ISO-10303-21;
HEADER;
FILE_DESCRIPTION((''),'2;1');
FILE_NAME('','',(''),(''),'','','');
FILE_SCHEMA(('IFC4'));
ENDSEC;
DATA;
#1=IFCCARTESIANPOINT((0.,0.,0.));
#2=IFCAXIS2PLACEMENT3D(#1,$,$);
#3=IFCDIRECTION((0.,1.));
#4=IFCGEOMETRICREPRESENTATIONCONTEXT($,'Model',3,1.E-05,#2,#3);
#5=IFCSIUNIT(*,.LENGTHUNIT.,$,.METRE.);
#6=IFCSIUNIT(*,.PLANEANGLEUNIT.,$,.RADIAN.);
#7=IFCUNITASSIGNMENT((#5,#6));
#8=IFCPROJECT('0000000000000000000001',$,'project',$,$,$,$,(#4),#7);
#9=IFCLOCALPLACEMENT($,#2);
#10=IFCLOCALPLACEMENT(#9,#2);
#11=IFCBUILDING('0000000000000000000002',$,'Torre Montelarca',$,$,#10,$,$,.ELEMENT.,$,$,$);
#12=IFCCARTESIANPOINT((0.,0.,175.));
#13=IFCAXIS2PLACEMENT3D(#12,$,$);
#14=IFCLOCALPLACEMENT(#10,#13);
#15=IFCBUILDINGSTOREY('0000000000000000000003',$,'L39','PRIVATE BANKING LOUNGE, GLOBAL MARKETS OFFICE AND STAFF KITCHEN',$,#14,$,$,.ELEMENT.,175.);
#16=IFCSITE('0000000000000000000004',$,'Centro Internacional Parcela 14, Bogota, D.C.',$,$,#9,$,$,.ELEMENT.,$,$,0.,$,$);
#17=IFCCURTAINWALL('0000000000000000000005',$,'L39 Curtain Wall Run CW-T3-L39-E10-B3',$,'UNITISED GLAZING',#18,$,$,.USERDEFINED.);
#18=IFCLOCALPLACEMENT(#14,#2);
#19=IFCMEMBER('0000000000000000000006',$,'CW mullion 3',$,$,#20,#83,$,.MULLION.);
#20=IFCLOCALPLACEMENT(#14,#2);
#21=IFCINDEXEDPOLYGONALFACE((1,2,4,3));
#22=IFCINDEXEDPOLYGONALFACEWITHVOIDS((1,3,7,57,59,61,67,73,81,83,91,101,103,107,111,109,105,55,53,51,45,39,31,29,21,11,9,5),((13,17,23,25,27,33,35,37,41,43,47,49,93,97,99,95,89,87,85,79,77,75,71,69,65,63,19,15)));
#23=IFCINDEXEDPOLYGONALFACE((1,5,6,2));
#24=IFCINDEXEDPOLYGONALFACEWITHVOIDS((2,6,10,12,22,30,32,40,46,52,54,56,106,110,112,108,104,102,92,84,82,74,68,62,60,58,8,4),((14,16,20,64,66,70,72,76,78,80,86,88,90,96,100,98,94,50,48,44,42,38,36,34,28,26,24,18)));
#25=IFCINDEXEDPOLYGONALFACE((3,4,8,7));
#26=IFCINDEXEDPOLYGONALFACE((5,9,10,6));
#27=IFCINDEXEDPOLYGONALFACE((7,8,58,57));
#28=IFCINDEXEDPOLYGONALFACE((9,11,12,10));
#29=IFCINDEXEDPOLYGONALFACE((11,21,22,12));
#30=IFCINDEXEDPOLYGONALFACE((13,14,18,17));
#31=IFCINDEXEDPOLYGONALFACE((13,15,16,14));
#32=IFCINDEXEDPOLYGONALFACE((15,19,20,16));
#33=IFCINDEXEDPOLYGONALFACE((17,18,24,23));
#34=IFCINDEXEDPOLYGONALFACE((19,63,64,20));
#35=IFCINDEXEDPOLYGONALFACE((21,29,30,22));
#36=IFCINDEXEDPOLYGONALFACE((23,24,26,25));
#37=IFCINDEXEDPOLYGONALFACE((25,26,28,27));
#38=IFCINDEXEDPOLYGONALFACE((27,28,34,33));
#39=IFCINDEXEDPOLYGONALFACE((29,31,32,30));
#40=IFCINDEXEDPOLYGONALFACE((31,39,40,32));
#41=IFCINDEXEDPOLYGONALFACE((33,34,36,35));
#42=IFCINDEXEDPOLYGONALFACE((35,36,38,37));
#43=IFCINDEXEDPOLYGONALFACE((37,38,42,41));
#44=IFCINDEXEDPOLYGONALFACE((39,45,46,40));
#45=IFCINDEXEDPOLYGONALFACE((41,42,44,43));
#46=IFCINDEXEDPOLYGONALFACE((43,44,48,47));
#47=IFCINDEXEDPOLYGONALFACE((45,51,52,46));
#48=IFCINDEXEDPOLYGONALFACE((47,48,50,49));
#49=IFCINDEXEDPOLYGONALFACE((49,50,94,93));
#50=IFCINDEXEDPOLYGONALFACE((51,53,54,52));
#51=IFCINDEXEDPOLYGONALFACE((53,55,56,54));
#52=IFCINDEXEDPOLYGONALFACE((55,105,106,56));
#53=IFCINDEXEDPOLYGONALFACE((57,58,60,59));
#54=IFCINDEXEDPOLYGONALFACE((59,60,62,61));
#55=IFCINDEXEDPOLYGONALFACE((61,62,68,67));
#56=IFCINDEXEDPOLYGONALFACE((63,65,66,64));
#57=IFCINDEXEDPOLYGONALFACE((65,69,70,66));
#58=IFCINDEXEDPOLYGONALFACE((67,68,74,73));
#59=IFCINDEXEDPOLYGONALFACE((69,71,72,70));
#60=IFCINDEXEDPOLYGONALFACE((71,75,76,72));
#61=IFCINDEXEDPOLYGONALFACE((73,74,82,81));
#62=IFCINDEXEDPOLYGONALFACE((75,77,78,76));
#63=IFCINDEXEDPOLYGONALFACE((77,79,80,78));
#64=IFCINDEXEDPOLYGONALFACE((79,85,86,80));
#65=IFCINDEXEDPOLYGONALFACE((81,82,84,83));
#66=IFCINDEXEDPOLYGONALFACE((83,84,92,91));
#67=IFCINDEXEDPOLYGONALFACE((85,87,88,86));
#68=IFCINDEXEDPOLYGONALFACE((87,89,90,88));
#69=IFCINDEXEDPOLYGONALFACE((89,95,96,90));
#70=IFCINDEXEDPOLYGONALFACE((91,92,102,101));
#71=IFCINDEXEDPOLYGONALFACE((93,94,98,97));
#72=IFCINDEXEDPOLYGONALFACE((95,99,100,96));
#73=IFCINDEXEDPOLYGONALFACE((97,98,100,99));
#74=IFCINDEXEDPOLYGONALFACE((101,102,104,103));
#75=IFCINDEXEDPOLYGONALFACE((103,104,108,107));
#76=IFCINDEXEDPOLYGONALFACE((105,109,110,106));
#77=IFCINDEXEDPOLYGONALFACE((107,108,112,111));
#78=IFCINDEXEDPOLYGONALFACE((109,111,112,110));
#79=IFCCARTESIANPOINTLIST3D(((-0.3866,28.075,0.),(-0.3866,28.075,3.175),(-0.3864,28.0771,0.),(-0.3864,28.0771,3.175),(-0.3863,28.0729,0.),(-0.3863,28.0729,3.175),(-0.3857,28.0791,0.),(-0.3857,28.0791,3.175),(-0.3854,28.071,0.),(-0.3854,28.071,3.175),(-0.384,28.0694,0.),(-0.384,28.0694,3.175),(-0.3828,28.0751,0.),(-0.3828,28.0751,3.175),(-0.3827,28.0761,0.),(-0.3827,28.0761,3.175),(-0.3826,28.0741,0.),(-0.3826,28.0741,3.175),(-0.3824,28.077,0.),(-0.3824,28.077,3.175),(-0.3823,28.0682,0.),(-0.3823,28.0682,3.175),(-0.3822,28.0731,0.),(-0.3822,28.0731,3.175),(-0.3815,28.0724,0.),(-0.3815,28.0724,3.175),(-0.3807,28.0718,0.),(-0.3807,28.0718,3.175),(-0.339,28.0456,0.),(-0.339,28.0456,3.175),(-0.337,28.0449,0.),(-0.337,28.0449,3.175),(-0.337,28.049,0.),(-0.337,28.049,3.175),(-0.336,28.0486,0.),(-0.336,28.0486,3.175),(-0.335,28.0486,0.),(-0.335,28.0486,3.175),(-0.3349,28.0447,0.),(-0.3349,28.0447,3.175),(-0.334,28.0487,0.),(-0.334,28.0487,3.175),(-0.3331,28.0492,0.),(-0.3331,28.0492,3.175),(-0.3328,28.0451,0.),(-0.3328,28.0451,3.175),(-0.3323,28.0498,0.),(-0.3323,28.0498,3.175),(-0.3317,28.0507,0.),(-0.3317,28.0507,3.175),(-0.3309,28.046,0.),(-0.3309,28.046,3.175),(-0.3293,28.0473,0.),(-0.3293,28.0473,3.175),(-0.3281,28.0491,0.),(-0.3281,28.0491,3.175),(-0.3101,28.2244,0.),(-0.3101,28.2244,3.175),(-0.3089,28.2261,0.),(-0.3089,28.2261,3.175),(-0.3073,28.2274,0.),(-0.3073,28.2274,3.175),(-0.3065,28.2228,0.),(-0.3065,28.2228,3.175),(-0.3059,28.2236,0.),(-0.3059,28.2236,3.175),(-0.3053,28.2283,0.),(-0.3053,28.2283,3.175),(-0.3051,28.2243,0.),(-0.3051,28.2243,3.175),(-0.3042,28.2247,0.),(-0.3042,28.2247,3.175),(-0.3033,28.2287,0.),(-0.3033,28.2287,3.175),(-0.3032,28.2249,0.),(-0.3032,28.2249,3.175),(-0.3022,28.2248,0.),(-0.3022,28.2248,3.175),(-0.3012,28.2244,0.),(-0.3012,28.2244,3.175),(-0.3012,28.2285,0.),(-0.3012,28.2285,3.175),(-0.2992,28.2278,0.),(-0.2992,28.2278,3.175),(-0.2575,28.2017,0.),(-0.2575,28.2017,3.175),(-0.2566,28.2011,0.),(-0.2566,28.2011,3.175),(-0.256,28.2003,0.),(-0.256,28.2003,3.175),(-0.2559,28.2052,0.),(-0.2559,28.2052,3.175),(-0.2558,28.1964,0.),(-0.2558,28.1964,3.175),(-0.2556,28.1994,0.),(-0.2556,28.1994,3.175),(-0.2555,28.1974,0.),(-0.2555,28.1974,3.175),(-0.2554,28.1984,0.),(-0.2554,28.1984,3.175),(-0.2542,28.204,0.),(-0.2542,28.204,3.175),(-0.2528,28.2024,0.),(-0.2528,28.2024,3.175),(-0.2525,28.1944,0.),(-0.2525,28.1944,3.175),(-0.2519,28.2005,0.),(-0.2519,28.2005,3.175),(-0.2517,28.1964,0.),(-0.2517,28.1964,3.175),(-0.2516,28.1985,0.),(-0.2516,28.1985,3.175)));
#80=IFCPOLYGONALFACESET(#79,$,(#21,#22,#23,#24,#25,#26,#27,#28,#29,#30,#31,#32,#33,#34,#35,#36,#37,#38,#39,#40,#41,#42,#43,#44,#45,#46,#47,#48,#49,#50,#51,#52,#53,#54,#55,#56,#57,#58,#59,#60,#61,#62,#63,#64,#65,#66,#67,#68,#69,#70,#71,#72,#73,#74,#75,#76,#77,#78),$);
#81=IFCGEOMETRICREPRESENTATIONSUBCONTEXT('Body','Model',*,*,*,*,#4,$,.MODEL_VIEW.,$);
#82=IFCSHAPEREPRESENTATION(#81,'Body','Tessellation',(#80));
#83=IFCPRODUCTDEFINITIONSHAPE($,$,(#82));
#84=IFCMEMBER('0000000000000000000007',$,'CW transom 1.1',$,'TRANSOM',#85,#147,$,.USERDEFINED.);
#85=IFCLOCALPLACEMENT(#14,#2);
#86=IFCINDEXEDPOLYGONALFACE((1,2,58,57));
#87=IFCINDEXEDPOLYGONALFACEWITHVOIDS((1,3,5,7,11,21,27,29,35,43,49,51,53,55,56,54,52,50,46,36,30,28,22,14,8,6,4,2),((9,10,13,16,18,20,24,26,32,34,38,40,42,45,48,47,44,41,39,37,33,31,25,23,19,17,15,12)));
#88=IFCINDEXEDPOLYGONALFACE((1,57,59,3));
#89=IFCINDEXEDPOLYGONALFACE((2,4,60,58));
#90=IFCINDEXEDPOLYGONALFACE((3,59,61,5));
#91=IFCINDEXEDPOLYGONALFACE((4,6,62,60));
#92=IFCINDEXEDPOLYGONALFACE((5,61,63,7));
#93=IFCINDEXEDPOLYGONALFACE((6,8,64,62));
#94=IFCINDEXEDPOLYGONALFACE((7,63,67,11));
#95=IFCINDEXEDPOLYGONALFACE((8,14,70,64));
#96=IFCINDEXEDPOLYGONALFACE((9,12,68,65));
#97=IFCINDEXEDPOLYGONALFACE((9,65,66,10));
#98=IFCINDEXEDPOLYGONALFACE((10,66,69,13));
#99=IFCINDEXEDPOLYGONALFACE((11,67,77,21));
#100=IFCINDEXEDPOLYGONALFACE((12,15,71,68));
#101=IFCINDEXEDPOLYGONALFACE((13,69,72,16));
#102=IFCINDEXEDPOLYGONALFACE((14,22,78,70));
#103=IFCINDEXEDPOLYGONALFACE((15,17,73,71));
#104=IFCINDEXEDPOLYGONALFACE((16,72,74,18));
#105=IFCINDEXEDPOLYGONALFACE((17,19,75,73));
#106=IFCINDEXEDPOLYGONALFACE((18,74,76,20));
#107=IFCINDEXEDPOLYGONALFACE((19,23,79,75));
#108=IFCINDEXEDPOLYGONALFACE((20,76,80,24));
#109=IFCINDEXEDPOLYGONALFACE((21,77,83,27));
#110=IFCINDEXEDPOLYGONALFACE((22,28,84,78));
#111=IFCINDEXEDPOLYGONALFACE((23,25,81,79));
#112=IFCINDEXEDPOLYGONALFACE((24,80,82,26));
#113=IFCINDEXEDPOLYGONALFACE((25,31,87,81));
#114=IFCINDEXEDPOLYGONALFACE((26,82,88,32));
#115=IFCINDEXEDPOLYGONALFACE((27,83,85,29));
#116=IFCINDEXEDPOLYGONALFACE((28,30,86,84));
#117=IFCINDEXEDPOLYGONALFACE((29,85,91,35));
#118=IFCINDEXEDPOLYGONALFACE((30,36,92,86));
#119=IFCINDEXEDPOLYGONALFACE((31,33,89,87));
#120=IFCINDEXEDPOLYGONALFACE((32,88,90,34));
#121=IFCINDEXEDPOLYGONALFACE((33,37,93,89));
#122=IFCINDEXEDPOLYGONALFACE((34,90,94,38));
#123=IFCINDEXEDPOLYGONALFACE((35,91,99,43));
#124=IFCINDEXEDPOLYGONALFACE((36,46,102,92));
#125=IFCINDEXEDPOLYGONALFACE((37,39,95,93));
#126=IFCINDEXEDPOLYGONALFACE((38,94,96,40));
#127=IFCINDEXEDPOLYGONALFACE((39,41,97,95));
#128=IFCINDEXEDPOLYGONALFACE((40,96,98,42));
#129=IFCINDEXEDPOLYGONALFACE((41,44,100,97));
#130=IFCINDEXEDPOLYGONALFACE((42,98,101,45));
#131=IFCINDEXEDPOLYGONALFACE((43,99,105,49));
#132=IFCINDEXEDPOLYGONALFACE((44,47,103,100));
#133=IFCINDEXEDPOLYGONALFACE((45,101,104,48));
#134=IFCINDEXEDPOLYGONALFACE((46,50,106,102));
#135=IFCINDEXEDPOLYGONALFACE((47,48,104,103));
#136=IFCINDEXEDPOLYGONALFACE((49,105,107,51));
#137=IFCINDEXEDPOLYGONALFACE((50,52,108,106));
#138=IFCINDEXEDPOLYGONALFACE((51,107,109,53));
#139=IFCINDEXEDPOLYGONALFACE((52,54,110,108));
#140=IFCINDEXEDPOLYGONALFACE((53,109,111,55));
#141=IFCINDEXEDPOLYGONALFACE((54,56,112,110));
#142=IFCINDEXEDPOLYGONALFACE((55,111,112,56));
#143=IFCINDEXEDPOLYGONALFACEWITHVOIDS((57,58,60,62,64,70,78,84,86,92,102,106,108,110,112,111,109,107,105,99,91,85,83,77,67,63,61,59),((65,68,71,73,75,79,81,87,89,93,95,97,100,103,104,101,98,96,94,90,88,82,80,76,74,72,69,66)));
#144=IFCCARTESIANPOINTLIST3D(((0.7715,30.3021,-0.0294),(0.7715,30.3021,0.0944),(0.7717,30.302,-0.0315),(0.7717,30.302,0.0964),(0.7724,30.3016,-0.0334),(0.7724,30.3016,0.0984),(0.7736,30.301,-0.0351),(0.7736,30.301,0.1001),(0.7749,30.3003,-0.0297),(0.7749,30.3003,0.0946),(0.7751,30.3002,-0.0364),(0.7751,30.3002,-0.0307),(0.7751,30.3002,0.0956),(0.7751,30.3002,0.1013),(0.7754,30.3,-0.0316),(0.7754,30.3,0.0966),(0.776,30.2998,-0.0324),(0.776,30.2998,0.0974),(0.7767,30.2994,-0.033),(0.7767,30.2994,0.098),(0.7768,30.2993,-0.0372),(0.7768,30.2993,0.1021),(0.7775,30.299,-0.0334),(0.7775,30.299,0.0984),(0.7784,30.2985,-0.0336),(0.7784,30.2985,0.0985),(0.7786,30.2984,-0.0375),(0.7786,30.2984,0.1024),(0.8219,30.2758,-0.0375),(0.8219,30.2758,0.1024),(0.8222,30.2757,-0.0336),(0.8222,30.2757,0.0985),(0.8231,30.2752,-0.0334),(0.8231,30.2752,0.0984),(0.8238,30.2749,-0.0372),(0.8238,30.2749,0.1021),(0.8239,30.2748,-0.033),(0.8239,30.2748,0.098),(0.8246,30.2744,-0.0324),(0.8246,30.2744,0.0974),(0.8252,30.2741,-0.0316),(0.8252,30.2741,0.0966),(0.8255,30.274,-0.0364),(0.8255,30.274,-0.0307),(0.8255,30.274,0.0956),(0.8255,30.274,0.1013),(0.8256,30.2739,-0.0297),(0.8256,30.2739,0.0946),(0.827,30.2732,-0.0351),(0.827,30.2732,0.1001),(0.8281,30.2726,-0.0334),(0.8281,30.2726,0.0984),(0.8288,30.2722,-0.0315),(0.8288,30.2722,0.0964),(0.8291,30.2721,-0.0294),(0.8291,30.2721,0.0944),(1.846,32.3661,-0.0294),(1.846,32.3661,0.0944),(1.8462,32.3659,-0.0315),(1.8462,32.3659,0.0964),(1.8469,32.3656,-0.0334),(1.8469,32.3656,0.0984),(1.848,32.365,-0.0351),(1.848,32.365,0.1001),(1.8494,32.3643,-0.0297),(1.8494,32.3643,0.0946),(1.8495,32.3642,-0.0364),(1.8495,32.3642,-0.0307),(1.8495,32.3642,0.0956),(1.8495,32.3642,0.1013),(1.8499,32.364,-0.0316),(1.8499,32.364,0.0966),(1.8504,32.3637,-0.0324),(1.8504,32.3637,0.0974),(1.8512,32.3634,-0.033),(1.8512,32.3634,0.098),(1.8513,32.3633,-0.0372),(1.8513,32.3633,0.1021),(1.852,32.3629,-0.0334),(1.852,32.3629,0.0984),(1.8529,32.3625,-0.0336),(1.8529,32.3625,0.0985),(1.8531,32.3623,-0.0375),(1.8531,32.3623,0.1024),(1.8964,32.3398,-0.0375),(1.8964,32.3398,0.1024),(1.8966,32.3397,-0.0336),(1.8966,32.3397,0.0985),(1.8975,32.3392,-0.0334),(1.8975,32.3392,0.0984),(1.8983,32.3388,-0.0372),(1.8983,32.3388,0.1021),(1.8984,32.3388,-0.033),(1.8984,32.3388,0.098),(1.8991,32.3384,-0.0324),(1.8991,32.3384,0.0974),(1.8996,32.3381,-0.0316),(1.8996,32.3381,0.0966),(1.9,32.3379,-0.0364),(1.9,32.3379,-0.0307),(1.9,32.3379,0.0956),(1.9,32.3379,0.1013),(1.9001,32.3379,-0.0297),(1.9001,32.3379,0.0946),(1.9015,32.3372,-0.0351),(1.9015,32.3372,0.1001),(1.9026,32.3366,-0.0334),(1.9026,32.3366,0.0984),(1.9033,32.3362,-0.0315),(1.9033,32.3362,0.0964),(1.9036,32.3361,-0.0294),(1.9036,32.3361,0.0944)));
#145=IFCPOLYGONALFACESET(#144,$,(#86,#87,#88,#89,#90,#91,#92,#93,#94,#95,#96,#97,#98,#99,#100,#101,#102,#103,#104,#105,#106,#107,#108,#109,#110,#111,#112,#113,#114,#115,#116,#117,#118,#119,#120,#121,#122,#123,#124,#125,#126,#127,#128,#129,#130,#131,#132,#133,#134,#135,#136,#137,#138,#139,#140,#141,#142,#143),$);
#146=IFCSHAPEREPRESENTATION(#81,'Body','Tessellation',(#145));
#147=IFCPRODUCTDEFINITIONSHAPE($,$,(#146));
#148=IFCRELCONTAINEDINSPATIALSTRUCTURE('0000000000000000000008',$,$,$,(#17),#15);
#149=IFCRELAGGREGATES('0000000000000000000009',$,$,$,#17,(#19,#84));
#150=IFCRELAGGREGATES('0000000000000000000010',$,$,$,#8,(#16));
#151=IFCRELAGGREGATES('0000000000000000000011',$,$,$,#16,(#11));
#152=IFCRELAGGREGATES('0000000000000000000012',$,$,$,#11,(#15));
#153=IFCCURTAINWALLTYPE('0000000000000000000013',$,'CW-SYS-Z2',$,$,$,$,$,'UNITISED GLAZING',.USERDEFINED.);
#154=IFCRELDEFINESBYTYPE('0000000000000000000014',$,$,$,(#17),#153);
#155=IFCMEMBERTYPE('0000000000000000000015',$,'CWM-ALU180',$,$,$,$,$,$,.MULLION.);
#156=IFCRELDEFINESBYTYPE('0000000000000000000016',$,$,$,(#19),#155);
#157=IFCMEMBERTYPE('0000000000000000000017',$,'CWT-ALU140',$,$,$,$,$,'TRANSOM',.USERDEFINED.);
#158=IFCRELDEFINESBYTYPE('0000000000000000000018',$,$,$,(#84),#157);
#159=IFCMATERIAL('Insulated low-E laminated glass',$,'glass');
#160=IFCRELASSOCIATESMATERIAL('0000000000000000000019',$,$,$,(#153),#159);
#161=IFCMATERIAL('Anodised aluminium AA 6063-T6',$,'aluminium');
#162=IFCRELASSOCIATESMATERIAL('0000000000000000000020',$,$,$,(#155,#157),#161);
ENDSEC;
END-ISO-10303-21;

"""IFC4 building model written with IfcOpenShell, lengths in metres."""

from ifc_helpers import new_model, si_unit, direction, frame, origin, origin_2d, place, context, subcontext, project, spatial, hollow_rectangle, extrude, source, transform, mapped, material, material_profile, profile_set, type_object, element, aggregate, save


model = new_model("IFC4")

# Units and contexts
model_context = context("Model", 3, precision=1e-05, world=origin(), true_north=direction((0.0, 1.0)))
body_context = subcontext(model_context, "Body", "Model", "MODEL_VIEW")
ifc_project = project(units=[si_unit("LENGTHUNIT", "METRE"), si_unit("PLANEANGLEUNIT", "RADIAN")], contexts=[model_context])

# Site, building, storey
site_placement = place(None, origin())
site = spatial("IfcSite", under=ifc_project, at=site_placement, Name="Centro Internacional Parcela 14, Bogota, D.C.", CompositionType="ELEMENT", RefElevation=0.0)
building_placement = place(site_placement, origin())
building = spatial("IfcBuilding", under=site, at=building_placement, Name="Torre Montelarca", CompositionType="ELEMENT")
storey_placement = place(building_placement, frame((0.0, 0.0, 175.0)))
storey = spatial("IfcBuildingStorey", under=building, at=storey_placement, Name="L39", Description="PRIVATE BANKING LOUNGE, GLOBAL MARKETS OFFICE AND STAFF KITCHEN", CompositionType="ELEMENT", Elevation=175.0)

# Curtain wall, members
ifc_material_1 = material(Name="Insulated low-E laminated glass", Category="glass")
curtain_wall_type = type_object("IfcCurtainWallType", Name="CW-SYS-Z2", ElementType="UNITISED GLAZING", PredefinedType="USERDEFINED", material=ifc_material_1)
ifc_material_2 = material(Name="Anodised aluminium AA 6063-T6", Category="aluminium")
ifc_material_profile_1 = material_profile(ifc_material_2, hollow_rectangle(XDim=0.0649, YDim=0.1799, WallThickness=0.0039, InnerFilletRadius=0.0039, OuterFilletRadius=0.0081, at=origin_2d()), Name="ALU65X180X4", Category="aluminium")
ifc_profile_set_1 = profile_set([ifc_material_profile_1], Name="Anodised aluminium AA 6063-T6")
member_type_1 = type_object("IfcMemberType", Name="CWM-ALU180", PredefinedType="MULLION", material=ifc_profile_set_1)
curtain_wall_1_placement = place(storey_placement, origin())
curtain_wall_1 = element("IfcCurtainWall", 1, at=curtain_wall_1_placement, inside=storey, type_object=curtain_wall_type, Name="L39 Curtain Wall Run CW-T3-L39-E10-B3", ObjectType="UNITISED GLAZING", PredefinedType="USERDEFINED")
shared_shape_1 = source(origin(), body_context, "Body", "SweptSolid", [
    extrude(hollow_rectangle(XDim=0.0649, YDim=0.1799, WallThickness=0.0039, InnerFilletRadius=0.0039, OuterFilletRadius=0.0081, at=origin_2d()), origin(), (0.0, 0.0, 1.0), 3.175),
])
member_1_placement = place(storey_placement, frame((-0.3191, 28.1367, 0.0), z_axis=(0.0, 0.0, 1.0), x_axis=(0.887015, -0.46174, 0.0)))
member_1 = element("IfcMember", 2, at=member_1_placement, type_object=member_type_1, Name="CW mullion 3", PredefinedType="MULLION", context=body_context, shape_type="MappedRepresentation", body=[
    mapped(shared_shape_1, transform((0.0, 0.0, 0.0), scale=1.0)),
])
ifc_material_profile_2 = material_profile(ifc_material_2, hollow_rectangle(XDim=0.0649, YDim=0.1399, WallThickness=0.0039, InnerFilletRadius=0.0039, OuterFilletRadius=0.0081, at=origin_2d()), Name="ALU65X140X4", Category="aluminium")
ifc_profile_set_2 = profile_set([ifc_material_profile_2], Name="Anodised aluminium AA 6063-T6")
member_type_2 = type_object("IfcMemberType", Name="CWT-ALU140", ElementType="TRANSOM", PredefinedType="USERDEFINED", material=ifc_profile_set_2)
shared_shape_2 = source(origin(), body_context, "Body", "SweptSolid", [
    extrude(hollow_rectangle(XDim=0.0649, YDim=0.1399, WallThickness=0.0039, InnerFilletRadius=0.0039, OuterFilletRadius=0.0081, at=origin_2d()), origin(), (0.0, 0.0, 1.0), 2.3269),
])
member_2_placement = place(storey_placement, frame((1.8748, 32.3511, 0.0325), z_axis=(-0.461759, -0.887005, 0.0), x_axis=(0.887005, -0.461759, 0.0)))
member_2 = element("IfcMember", 3, at=member_2_placement, type_object=member_type_2, Name="CW transom 1.1", ObjectType="TRANSOM", PredefinedType="USERDEFINED", context=body_context, shape_type="MappedRepresentation", body=[
    mapped(shared_shape_2, transform((0.0, 0.0, 0.0), scale=1.0)),
])

aggregate(curtain_wall_1, [member_1, member_2])

save(model, "model.ifc")
